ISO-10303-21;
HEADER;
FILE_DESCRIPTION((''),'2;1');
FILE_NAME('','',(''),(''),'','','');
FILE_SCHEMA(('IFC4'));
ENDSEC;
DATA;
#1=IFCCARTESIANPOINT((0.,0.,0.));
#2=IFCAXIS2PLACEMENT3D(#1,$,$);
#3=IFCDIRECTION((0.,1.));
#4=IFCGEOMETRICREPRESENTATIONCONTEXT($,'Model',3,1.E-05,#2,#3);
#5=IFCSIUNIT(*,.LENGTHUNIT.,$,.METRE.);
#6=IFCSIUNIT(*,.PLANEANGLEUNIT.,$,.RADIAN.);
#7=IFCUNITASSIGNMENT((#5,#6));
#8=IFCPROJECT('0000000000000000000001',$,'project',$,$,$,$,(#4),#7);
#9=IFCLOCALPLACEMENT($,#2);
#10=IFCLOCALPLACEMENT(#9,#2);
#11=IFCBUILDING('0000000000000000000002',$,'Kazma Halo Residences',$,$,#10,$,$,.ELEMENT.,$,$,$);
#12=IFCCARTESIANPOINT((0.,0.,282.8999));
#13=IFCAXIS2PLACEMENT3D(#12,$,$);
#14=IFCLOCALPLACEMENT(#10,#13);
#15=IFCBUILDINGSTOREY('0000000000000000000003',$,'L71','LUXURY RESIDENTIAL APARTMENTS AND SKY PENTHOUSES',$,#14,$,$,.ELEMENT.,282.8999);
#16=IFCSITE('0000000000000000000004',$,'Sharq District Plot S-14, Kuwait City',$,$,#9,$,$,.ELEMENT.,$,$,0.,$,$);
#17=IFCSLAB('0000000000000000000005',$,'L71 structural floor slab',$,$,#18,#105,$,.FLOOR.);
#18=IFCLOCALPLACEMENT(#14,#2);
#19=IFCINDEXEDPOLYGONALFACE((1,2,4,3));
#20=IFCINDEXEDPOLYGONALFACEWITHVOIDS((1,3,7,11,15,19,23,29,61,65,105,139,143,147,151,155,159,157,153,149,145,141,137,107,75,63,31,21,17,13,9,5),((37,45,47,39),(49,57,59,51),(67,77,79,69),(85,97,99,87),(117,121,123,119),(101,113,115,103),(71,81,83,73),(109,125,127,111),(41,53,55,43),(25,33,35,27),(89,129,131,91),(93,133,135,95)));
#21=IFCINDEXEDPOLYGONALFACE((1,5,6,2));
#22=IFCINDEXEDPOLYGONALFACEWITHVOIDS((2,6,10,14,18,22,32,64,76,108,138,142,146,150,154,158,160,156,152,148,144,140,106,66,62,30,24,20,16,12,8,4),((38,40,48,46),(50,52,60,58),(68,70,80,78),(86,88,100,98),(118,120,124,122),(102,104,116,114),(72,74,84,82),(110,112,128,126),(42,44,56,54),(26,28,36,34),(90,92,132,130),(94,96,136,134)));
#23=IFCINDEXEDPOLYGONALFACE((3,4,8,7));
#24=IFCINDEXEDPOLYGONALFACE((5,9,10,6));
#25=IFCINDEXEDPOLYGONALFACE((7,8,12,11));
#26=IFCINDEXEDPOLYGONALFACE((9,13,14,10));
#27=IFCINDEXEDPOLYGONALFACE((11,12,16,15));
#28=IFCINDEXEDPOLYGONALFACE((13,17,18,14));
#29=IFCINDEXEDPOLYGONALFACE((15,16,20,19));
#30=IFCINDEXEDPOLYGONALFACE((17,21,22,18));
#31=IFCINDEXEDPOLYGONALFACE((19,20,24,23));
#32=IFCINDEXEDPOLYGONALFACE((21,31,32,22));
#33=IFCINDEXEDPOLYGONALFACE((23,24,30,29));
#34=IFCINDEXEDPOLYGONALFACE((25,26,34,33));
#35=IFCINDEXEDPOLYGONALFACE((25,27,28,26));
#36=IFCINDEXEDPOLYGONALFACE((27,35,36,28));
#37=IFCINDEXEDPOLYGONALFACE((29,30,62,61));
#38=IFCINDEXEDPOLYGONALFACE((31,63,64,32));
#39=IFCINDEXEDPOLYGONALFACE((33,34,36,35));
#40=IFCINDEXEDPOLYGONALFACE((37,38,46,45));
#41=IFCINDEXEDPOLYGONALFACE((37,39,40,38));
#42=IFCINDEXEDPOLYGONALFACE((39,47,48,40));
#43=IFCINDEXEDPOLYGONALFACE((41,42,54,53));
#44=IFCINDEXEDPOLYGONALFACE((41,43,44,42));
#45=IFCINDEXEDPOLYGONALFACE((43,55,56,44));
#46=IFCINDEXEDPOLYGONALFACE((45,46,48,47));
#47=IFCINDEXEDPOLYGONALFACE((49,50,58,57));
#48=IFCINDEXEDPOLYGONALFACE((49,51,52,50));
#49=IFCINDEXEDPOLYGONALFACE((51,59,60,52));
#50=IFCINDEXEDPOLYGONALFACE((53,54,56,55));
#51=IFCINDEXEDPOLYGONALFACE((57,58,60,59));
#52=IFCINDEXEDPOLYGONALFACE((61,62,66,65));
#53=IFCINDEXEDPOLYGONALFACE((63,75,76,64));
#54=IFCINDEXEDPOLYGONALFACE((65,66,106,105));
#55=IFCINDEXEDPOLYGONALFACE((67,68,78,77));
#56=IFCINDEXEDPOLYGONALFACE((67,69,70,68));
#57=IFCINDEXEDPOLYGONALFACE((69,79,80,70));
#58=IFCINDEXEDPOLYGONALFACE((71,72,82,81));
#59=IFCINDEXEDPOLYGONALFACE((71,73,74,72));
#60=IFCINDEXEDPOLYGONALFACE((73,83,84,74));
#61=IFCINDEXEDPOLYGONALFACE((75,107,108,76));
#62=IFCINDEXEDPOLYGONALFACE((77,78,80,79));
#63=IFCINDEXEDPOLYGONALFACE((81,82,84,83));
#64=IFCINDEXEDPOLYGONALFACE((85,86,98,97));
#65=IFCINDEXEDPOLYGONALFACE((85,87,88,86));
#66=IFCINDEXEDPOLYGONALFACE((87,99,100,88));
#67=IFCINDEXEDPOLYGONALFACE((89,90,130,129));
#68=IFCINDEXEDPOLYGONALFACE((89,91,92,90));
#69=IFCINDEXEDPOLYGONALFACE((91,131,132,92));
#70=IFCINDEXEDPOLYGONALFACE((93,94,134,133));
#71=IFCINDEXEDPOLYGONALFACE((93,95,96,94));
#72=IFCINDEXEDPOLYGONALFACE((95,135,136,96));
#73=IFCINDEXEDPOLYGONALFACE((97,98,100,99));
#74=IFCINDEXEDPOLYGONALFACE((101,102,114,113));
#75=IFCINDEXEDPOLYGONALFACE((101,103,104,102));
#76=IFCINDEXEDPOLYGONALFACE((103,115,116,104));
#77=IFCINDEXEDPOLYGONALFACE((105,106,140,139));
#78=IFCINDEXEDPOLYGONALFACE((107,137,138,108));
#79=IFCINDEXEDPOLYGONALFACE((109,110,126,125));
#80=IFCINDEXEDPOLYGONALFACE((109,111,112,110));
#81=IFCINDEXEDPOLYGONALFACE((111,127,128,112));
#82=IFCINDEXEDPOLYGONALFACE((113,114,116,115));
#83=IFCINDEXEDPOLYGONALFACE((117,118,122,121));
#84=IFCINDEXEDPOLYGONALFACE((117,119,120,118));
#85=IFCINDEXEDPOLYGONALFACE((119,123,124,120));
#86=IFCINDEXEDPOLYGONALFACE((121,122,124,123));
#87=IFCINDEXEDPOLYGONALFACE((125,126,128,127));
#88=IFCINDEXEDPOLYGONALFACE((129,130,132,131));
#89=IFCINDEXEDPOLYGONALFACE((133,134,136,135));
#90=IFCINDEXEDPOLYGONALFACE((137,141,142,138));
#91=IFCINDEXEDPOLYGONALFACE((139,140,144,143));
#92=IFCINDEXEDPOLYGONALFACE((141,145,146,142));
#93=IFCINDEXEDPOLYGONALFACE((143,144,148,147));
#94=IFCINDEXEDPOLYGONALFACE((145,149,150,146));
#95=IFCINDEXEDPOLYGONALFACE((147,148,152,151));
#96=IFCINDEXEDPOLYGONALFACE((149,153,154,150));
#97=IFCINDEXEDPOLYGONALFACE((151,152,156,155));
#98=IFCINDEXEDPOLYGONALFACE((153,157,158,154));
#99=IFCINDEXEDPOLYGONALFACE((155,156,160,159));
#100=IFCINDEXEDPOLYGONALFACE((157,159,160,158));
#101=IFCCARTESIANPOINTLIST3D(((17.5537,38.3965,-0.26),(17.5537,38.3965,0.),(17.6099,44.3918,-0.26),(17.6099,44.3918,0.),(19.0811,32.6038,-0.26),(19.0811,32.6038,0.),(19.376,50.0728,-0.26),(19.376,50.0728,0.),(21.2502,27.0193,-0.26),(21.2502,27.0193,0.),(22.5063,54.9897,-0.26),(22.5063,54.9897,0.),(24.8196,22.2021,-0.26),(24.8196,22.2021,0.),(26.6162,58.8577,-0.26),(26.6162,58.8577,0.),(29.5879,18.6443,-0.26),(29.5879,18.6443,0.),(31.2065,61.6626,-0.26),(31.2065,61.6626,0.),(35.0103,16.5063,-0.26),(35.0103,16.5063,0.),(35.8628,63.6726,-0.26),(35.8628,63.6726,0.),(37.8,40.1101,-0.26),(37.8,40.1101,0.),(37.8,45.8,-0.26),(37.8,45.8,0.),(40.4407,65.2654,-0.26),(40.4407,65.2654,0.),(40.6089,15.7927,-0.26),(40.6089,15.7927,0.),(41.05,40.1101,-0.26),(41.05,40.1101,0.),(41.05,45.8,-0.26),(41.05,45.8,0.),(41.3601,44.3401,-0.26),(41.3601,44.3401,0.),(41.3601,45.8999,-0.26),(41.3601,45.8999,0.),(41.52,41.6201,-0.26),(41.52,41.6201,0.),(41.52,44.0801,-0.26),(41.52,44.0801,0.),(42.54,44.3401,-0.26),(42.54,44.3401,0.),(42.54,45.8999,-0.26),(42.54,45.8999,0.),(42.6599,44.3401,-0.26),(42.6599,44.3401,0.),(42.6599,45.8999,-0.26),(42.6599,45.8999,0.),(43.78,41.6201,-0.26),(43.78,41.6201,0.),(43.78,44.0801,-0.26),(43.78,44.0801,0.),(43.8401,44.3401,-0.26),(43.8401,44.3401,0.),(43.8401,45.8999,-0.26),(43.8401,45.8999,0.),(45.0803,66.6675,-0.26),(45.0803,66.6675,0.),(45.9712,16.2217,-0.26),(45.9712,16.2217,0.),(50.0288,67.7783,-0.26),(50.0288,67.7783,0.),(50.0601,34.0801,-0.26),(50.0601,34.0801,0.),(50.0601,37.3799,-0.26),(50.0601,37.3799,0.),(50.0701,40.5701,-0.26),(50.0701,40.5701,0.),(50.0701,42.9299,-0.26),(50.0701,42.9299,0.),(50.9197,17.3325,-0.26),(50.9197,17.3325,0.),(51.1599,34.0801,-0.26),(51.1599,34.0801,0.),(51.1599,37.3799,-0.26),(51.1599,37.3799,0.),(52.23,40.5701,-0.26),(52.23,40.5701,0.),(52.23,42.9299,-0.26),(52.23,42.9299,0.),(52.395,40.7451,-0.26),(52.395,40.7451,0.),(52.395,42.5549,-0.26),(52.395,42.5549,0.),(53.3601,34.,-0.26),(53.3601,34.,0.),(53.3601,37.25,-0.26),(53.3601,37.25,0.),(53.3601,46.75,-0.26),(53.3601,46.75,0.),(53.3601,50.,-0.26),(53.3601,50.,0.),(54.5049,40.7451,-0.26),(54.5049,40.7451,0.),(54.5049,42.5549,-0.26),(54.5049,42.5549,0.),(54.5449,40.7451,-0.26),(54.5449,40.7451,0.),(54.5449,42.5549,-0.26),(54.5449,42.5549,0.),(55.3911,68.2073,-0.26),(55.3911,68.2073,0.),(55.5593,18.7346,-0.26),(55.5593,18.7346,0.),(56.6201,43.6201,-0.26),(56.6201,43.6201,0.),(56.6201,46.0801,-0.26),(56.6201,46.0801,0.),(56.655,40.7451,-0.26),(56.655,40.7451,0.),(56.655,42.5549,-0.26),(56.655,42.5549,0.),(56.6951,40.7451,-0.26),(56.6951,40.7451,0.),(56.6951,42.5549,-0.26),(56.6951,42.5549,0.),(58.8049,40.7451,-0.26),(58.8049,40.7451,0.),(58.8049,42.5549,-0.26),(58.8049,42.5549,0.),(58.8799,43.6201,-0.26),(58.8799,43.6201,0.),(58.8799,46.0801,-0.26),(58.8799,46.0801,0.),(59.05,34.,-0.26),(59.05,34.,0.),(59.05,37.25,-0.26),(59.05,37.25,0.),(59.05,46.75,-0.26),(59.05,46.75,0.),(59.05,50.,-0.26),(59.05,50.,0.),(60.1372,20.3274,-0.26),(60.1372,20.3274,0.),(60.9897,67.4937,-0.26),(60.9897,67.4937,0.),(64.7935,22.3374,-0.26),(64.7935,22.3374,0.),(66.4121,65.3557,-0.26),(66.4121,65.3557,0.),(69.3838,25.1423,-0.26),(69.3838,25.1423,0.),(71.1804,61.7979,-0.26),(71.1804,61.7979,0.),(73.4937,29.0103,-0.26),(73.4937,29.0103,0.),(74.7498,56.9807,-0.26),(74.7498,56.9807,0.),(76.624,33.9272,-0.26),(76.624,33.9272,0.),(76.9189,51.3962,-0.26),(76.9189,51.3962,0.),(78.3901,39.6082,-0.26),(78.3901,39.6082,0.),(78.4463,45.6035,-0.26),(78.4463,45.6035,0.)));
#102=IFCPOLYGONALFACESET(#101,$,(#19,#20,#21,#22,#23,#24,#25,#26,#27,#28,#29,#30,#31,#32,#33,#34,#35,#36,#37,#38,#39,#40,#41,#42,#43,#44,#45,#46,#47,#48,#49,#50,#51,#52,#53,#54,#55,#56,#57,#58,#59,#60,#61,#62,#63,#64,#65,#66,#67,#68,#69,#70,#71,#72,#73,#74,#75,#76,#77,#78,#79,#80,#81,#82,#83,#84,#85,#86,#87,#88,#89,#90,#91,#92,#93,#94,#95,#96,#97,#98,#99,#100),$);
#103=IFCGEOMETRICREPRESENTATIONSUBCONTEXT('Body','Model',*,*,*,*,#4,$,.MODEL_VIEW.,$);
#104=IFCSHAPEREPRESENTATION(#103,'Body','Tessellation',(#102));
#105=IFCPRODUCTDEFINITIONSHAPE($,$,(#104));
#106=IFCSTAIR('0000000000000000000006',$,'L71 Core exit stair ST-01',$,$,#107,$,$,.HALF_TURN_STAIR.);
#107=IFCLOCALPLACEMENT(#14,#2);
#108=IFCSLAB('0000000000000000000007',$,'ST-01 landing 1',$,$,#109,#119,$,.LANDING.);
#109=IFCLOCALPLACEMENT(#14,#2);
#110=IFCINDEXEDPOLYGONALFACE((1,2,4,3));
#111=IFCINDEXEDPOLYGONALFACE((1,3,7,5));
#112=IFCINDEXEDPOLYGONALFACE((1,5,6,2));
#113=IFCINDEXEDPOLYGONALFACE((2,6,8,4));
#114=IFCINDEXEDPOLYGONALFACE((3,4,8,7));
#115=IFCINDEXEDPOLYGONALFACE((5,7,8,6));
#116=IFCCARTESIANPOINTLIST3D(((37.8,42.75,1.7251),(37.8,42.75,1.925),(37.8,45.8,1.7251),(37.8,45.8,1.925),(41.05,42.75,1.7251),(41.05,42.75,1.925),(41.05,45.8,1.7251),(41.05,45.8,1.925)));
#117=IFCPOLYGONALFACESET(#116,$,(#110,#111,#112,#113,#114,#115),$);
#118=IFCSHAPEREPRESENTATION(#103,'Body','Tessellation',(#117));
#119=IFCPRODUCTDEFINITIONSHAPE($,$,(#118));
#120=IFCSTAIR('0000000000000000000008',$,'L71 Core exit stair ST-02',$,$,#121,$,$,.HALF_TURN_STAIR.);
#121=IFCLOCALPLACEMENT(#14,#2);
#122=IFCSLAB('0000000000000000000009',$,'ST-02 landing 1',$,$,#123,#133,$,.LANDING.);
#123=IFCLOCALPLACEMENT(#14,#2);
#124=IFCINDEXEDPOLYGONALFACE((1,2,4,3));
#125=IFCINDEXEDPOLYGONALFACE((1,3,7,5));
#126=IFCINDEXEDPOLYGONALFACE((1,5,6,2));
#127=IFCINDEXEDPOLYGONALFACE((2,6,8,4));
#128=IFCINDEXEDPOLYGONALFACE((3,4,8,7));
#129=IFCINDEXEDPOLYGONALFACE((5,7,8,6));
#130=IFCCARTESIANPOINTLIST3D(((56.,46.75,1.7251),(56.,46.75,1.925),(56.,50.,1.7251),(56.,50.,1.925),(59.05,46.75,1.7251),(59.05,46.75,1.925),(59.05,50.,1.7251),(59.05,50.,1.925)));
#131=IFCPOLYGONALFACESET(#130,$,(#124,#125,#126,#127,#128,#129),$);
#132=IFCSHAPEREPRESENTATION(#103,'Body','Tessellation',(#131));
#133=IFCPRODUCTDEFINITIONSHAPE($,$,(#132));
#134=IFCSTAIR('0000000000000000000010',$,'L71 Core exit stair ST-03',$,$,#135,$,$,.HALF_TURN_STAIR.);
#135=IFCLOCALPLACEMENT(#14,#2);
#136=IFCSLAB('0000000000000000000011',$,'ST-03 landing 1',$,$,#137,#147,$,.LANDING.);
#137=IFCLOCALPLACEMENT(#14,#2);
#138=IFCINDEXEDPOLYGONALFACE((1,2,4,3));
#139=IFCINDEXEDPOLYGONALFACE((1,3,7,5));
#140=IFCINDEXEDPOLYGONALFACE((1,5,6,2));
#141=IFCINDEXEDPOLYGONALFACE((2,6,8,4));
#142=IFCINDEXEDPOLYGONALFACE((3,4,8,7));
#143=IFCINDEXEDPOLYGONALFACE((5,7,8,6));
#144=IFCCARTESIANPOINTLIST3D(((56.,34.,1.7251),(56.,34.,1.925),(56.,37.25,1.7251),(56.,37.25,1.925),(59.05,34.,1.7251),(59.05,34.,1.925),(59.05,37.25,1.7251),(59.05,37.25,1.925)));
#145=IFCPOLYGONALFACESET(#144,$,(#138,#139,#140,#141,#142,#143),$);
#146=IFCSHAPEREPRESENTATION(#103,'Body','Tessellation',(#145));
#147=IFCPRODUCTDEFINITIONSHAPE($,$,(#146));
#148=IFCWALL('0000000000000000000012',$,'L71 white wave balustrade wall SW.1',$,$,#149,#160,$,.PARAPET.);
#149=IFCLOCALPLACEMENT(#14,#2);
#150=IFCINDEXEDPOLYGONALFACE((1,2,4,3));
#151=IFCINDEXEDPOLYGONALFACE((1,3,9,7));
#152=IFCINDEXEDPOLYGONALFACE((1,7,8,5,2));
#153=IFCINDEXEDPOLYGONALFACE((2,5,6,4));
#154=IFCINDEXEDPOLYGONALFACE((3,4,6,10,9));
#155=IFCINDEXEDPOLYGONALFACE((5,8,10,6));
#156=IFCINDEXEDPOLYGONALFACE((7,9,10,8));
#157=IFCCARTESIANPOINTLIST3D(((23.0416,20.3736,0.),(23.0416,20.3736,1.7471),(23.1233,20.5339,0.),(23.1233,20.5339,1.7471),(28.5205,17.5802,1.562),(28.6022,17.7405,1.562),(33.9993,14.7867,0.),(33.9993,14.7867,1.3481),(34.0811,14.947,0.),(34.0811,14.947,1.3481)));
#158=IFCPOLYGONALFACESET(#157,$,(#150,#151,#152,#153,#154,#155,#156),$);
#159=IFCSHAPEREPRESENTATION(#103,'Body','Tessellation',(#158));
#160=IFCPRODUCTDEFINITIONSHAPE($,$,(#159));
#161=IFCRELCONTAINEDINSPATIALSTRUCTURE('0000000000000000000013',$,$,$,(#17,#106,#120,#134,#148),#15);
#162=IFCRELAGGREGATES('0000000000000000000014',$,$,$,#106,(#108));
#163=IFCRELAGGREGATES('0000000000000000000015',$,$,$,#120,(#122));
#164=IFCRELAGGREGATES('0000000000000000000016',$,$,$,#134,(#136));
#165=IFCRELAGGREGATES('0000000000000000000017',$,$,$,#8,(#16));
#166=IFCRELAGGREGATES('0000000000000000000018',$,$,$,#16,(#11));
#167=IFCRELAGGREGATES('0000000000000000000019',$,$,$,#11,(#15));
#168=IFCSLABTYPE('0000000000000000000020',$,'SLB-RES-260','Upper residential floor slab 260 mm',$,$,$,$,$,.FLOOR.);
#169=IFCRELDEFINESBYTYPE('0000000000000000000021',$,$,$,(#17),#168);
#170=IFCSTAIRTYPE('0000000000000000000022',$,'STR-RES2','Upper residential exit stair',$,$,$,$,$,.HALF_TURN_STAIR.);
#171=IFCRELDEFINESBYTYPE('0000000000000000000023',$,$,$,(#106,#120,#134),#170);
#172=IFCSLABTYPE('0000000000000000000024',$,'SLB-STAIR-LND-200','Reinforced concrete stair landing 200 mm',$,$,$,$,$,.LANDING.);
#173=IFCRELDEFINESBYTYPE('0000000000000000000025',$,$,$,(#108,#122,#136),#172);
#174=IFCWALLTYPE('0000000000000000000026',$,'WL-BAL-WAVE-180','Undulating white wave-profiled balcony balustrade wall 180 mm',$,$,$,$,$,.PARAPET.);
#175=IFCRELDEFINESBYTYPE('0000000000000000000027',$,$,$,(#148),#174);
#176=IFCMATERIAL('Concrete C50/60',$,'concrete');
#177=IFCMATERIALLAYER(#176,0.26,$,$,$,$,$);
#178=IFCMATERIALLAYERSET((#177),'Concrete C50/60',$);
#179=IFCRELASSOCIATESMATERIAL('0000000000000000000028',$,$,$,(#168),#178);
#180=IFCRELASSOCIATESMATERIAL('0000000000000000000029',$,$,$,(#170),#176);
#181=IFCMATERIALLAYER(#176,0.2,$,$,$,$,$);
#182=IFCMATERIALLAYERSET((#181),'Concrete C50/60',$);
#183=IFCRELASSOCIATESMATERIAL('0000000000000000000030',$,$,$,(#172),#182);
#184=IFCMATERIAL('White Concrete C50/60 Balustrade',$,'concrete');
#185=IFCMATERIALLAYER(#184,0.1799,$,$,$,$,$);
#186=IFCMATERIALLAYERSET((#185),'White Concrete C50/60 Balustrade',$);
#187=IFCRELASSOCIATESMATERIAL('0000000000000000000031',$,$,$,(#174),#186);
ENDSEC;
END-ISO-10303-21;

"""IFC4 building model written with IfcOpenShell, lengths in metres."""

from ifc_helpers import new_model, si_unit, direction, frame, origin, place, context, subcontext, project, spatial, polyline, outline, extrude, material, layer, layer_set, type_object, element, aggregate, save


model = new_model("IFC4")

# Units and contexts
model_context = context("Model", 3, precision=1e-05, world=origin(), true_north=direction((0.0, 1.0)))
body_context = subcontext(model_context, "Body", "Model", "MODEL_VIEW")
ifc_project = project(units=[si_unit("LENGTHUNIT", "METRE"), si_unit("PLANEANGLEUNIT", "RADIAN")], contexts=[model_context])

# Site, building, storey
site_placement = place(None, origin())
site = spatial("IfcSite", under=ifc_project, at=site_placement, Name="Sharq District Plot S-14, Kuwait City", CompositionType="ELEMENT", RefElevation=0.0)
building_placement = place(site_placement, origin())
building = spatial("IfcBuilding", under=site, at=building_placement, Name="Kazma Halo Residences", CompositionType="ELEMENT")
storey_placement = place(building_placement, frame((0.0, 0.0, 282.8999)))
storey = spatial("IfcBuildingStorey", under=building, at=storey_placement, Name="L71", Description="LUXURY RESIDENTIAL APARTMENTS AND SKY PENTHOUSES", CompositionType="ELEMENT", Elevation=282.8999)

# Slab
ifc_material_1 = material(Name="Concrete C50/60", Category="concrete")
ifc_layer_1 = layer(ifc_material_1, 0.26)
ifc_layer_set_1 = layer_set([ifc_layer_1], Name="Concrete C50/60")
slab_type_1 = type_object("IfcSlabType", Name="SLB-RES-260", Description="Upper residential floor slab 260 mm", PredefinedType="FLOOR", material=ifc_layer_set_1)
slab_1_placement = place(storey_placement, frame((0.0, 0.0, -0.26)))
element("IfcSlab", 1, at=slab_1_placement, inside=storey, type_object=slab_type_1, Name="L71 structural floor slab", PredefinedType="FLOOR", context=body_context, shape_type="SweptSolid", body=[
    extrude(outline(polyline([(76.9189, 51.3962), (74.7498, 56.9807), (71.1804, 61.7979), (66.4121, 65.3557), (60.9897, 67.4937), (55.3911, 68.2073), (50.0288, 67.7783), (45.0803, 66.6675), (40.4407, 65.2654), (35.8628, 63.6726), (31.2065, 61.6626), (26.6162, 58.8577), (22.5063, 54.9897), (19.376, 50.0728), (17.6099, 44.3918), (17.5537, 38.3965), (19.0811, 32.6038), (21.2502, 27.0193), (24.8196, 22.2021), (29.5879, 18.6443), (35.0103, 16.5063), (40.6089, 15.7927), (45.9712, 16.2217), (50.9197, 17.3325), (55.5593, 18.7346), (60.1372, 20.3274), (64.7935, 22.3374), (69.3838, 25.1423), (73.4937, 29.0103), (76.624, 33.9272), (78.3901, 39.6082), (78.4463, 45.6035), (76.9189, 51.3962)]), holes=[polyline([(37.8, 40.1101), (41.05, 40.1101), (41.05, 45.8), (37.8, 45.8), (37.8, 40.1101)]), polyline([(53.3601, 46.75), (59.05, 46.75), (59.05, 50.0), (53.3601, 50.0), (53.3601, 46.75)]), polyline([(53.3601, 34.0), (59.05, 34.0), (59.05, 37.25), (53.3601, 37.25), (53.3601, 34.0)]), polyline([(41.52, 41.6201), (43.78, 41.6201), (43.78, 44.0801), (41.52, 44.0801), (41.52, 41.6201)]), polyline([(56.6201, 43.6201), (58.8799, 43.6201), (58.8799, 46.0801), (56.6201, 46.0801), (56.6201, 43.6201)]), polyline([(52.395, 40.7451), (54.5049, 40.7451), (54.5049, 42.5549), (52.395, 42.5549), (52.395, 40.7451)]), polyline([(54.5449, 40.7451), (56.655, 40.7451), (56.655, 42.5549), (54.5449, 42.5549), (54.5449, 40.7451)]), polyline([(56.6951, 40.7451), (58.8049, 40.7451), (58.8049, 42.5549), (56.6951, 42.5549), (56.6951, 40.7451)]), polyline([(50.0701, 40.5701), (52.23, 40.5701), (52.23, 42.9299), (50.0701, 42.9299), (50.0701, 40.5701)]), polyline([(41.3601, 44.3401), (42.54, 44.3401), (42.54, 45.8999), (41.3601, 45.8999), (41.3601, 44.3401)]), polyline([(42.6599, 44.3401), (43.8401, 44.3401), (43.8401, 45.8999), (42.6599, 45.8999), (42.6599, 44.3401)]), polyline([(50.0601, 34.0801), (51.1599, 34.0801), (51.1599, 37.3799), (50.0601, 37.3799), (50.0601, 34.0801)])]), origin(), (0.0, 0.0, 1.0), 0.26),
])

# Stairs, slabs
stair_type = type_object("IfcStairType", Name="STR-RES2", Description="Upper residential exit stair", PredefinedType="HALF_TURN_STAIR", material=ifc_material_1)
stair_1_placement = place(storey_placement, origin())
stair_1 = element("IfcStair", 2, at=stair_1_placement, inside=storey, type_object=stair_type, Name="L71 Core exit stair ST-01", PredefinedType="HALF_TURN_STAIR")
ifc_layer_2 = layer(ifc_material_1, 0.2)
ifc_layer_set_2 = layer_set([ifc_layer_2], Name="Concrete C50/60")
slab_type_2 = type_object("IfcSlabType", Name="SLB-STAIR-LND-200", Description="Reinforced concrete stair landing 200 mm", PredefinedType="LANDING", material=ifc_layer_set_2)
slab_2_placement = place(storey_placement, frame((0.0, 0.0, 1.7251)))
slab_2 = element("IfcSlab", 3, at=slab_2_placement, type_object=slab_type_2, Name="ST-01 landing 1", PredefinedType="LANDING", context=body_context, shape_type="SweptSolid", body=[
    extrude(outline(polyline([(41.05, 42.75), (41.05, 45.8), (37.8, 45.8), (37.8, 42.75), (41.05, 42.75)])), origin(), (0.0, 0.0, 1.0), 0.2),
])
aggregate(stair_1, [slab_2])
stair_2_placement = place(storey_placement, origin())
stair_2 = element("IfcStair", 4, at=stair_2_placement, inside=storey, type_object=stair_type, Name="L71 Core exit stair ST-02", PredefinedType="HALF_TURN_STAIR")
slab_3_placement = place(storey_placement, frame((0.0, 0.0, 1.7251)))
slab_3 = element("IfcSlab", 5, at=slab_3_placement, type_object=slab_type_2, Name="ST-02 landing 1", PredefinedType="LANDING", context=body_context, shape_type="SweptSolid", body=[
    extrude(outline(polyline([(56.0, 46.75), (59.05, 46.75), (59.05, 50.0), (56.0, 50.0), (56.0, 46.75)])), origin(), (0.0, 0.0, 1.0), 0.2),
])
aggregate(stair_2, [slab_3])
stair_3_placement = place(storey_placement, origin())
stair_3 = element("IfcStair", 6, at=stair_3_placement, inside=storey, type_object=stair_type, Name="L71 Core exit stair ST-03", PredefinedType="HALF_TURN_STAIR")
slab_4_placement = place(storey_placement, frame((0.0, 0.0, 1.7251)))
slab_4 = element("IfcSlab", 7, at=slab_4_placement, type_object=slab_type_2, Name="ST-03 landing 1", PredefinedType="LANDING", context=body_context, shape_type="SweptSolid", body=[
    extrude(outline(polyline([(56.0, 34.0), (59.05, 34.0), (59.05, 37.25), (56.0, 37.25), (56.0, 34.0)])), origin(), (0.0, 0.0, 1.0), 0.2),
])
aggregate(stair_3, [slab_4])

# Wall
ifc_material_2 = material(Name="White Concrete C50/60 Balustrade", Category="concrete")
ifc_layer_3 = layer(ifc_material_2, 0.1799)
ifc_layer_set_3 = layer_set([ifc_layer_3], Name="White Concrete C50/60 Balustrade")
wall_type_1 = type_object("IfcWallType", Name="WL-BAL-WAVE-180", Description="Undulating white wave-profiled balcony balustrade wall 180 mm", PredefinedType="PARAPET", material=ifc_layer_set_3)
wall_1_placement = place(storey_placement, frame((23.0825, 20.4539, 0.0), z_axis=(0.0, 0.0, 1.0), x_axis=(0.890886, -0.454226, 0.0)))
element("IfcWall", 8, at=wall_1_placement, inside=storey, type_object=wall_type_1, Name="L71 white wave balustrade wall SW.1", PredefinedType="PARAPET", context=body_context, shape_type="SweptSolid", body=[
    extrude(outline(polyline([(0.0, 0.0), (12.2998, 0.0), (12.2998, 1.3481), (6.1499, 1.562), (0.0, 1.7471), (0.0, 0.0)])), frame((0.0, 0.0898, 0.0), z_axis=(0.0, -1.0, 0.0), x_axis=(1.0, 0.0, 0.0)), (0.0, 0.0, 1.0), 0.1799),
])

save(model, "model.ifc")
